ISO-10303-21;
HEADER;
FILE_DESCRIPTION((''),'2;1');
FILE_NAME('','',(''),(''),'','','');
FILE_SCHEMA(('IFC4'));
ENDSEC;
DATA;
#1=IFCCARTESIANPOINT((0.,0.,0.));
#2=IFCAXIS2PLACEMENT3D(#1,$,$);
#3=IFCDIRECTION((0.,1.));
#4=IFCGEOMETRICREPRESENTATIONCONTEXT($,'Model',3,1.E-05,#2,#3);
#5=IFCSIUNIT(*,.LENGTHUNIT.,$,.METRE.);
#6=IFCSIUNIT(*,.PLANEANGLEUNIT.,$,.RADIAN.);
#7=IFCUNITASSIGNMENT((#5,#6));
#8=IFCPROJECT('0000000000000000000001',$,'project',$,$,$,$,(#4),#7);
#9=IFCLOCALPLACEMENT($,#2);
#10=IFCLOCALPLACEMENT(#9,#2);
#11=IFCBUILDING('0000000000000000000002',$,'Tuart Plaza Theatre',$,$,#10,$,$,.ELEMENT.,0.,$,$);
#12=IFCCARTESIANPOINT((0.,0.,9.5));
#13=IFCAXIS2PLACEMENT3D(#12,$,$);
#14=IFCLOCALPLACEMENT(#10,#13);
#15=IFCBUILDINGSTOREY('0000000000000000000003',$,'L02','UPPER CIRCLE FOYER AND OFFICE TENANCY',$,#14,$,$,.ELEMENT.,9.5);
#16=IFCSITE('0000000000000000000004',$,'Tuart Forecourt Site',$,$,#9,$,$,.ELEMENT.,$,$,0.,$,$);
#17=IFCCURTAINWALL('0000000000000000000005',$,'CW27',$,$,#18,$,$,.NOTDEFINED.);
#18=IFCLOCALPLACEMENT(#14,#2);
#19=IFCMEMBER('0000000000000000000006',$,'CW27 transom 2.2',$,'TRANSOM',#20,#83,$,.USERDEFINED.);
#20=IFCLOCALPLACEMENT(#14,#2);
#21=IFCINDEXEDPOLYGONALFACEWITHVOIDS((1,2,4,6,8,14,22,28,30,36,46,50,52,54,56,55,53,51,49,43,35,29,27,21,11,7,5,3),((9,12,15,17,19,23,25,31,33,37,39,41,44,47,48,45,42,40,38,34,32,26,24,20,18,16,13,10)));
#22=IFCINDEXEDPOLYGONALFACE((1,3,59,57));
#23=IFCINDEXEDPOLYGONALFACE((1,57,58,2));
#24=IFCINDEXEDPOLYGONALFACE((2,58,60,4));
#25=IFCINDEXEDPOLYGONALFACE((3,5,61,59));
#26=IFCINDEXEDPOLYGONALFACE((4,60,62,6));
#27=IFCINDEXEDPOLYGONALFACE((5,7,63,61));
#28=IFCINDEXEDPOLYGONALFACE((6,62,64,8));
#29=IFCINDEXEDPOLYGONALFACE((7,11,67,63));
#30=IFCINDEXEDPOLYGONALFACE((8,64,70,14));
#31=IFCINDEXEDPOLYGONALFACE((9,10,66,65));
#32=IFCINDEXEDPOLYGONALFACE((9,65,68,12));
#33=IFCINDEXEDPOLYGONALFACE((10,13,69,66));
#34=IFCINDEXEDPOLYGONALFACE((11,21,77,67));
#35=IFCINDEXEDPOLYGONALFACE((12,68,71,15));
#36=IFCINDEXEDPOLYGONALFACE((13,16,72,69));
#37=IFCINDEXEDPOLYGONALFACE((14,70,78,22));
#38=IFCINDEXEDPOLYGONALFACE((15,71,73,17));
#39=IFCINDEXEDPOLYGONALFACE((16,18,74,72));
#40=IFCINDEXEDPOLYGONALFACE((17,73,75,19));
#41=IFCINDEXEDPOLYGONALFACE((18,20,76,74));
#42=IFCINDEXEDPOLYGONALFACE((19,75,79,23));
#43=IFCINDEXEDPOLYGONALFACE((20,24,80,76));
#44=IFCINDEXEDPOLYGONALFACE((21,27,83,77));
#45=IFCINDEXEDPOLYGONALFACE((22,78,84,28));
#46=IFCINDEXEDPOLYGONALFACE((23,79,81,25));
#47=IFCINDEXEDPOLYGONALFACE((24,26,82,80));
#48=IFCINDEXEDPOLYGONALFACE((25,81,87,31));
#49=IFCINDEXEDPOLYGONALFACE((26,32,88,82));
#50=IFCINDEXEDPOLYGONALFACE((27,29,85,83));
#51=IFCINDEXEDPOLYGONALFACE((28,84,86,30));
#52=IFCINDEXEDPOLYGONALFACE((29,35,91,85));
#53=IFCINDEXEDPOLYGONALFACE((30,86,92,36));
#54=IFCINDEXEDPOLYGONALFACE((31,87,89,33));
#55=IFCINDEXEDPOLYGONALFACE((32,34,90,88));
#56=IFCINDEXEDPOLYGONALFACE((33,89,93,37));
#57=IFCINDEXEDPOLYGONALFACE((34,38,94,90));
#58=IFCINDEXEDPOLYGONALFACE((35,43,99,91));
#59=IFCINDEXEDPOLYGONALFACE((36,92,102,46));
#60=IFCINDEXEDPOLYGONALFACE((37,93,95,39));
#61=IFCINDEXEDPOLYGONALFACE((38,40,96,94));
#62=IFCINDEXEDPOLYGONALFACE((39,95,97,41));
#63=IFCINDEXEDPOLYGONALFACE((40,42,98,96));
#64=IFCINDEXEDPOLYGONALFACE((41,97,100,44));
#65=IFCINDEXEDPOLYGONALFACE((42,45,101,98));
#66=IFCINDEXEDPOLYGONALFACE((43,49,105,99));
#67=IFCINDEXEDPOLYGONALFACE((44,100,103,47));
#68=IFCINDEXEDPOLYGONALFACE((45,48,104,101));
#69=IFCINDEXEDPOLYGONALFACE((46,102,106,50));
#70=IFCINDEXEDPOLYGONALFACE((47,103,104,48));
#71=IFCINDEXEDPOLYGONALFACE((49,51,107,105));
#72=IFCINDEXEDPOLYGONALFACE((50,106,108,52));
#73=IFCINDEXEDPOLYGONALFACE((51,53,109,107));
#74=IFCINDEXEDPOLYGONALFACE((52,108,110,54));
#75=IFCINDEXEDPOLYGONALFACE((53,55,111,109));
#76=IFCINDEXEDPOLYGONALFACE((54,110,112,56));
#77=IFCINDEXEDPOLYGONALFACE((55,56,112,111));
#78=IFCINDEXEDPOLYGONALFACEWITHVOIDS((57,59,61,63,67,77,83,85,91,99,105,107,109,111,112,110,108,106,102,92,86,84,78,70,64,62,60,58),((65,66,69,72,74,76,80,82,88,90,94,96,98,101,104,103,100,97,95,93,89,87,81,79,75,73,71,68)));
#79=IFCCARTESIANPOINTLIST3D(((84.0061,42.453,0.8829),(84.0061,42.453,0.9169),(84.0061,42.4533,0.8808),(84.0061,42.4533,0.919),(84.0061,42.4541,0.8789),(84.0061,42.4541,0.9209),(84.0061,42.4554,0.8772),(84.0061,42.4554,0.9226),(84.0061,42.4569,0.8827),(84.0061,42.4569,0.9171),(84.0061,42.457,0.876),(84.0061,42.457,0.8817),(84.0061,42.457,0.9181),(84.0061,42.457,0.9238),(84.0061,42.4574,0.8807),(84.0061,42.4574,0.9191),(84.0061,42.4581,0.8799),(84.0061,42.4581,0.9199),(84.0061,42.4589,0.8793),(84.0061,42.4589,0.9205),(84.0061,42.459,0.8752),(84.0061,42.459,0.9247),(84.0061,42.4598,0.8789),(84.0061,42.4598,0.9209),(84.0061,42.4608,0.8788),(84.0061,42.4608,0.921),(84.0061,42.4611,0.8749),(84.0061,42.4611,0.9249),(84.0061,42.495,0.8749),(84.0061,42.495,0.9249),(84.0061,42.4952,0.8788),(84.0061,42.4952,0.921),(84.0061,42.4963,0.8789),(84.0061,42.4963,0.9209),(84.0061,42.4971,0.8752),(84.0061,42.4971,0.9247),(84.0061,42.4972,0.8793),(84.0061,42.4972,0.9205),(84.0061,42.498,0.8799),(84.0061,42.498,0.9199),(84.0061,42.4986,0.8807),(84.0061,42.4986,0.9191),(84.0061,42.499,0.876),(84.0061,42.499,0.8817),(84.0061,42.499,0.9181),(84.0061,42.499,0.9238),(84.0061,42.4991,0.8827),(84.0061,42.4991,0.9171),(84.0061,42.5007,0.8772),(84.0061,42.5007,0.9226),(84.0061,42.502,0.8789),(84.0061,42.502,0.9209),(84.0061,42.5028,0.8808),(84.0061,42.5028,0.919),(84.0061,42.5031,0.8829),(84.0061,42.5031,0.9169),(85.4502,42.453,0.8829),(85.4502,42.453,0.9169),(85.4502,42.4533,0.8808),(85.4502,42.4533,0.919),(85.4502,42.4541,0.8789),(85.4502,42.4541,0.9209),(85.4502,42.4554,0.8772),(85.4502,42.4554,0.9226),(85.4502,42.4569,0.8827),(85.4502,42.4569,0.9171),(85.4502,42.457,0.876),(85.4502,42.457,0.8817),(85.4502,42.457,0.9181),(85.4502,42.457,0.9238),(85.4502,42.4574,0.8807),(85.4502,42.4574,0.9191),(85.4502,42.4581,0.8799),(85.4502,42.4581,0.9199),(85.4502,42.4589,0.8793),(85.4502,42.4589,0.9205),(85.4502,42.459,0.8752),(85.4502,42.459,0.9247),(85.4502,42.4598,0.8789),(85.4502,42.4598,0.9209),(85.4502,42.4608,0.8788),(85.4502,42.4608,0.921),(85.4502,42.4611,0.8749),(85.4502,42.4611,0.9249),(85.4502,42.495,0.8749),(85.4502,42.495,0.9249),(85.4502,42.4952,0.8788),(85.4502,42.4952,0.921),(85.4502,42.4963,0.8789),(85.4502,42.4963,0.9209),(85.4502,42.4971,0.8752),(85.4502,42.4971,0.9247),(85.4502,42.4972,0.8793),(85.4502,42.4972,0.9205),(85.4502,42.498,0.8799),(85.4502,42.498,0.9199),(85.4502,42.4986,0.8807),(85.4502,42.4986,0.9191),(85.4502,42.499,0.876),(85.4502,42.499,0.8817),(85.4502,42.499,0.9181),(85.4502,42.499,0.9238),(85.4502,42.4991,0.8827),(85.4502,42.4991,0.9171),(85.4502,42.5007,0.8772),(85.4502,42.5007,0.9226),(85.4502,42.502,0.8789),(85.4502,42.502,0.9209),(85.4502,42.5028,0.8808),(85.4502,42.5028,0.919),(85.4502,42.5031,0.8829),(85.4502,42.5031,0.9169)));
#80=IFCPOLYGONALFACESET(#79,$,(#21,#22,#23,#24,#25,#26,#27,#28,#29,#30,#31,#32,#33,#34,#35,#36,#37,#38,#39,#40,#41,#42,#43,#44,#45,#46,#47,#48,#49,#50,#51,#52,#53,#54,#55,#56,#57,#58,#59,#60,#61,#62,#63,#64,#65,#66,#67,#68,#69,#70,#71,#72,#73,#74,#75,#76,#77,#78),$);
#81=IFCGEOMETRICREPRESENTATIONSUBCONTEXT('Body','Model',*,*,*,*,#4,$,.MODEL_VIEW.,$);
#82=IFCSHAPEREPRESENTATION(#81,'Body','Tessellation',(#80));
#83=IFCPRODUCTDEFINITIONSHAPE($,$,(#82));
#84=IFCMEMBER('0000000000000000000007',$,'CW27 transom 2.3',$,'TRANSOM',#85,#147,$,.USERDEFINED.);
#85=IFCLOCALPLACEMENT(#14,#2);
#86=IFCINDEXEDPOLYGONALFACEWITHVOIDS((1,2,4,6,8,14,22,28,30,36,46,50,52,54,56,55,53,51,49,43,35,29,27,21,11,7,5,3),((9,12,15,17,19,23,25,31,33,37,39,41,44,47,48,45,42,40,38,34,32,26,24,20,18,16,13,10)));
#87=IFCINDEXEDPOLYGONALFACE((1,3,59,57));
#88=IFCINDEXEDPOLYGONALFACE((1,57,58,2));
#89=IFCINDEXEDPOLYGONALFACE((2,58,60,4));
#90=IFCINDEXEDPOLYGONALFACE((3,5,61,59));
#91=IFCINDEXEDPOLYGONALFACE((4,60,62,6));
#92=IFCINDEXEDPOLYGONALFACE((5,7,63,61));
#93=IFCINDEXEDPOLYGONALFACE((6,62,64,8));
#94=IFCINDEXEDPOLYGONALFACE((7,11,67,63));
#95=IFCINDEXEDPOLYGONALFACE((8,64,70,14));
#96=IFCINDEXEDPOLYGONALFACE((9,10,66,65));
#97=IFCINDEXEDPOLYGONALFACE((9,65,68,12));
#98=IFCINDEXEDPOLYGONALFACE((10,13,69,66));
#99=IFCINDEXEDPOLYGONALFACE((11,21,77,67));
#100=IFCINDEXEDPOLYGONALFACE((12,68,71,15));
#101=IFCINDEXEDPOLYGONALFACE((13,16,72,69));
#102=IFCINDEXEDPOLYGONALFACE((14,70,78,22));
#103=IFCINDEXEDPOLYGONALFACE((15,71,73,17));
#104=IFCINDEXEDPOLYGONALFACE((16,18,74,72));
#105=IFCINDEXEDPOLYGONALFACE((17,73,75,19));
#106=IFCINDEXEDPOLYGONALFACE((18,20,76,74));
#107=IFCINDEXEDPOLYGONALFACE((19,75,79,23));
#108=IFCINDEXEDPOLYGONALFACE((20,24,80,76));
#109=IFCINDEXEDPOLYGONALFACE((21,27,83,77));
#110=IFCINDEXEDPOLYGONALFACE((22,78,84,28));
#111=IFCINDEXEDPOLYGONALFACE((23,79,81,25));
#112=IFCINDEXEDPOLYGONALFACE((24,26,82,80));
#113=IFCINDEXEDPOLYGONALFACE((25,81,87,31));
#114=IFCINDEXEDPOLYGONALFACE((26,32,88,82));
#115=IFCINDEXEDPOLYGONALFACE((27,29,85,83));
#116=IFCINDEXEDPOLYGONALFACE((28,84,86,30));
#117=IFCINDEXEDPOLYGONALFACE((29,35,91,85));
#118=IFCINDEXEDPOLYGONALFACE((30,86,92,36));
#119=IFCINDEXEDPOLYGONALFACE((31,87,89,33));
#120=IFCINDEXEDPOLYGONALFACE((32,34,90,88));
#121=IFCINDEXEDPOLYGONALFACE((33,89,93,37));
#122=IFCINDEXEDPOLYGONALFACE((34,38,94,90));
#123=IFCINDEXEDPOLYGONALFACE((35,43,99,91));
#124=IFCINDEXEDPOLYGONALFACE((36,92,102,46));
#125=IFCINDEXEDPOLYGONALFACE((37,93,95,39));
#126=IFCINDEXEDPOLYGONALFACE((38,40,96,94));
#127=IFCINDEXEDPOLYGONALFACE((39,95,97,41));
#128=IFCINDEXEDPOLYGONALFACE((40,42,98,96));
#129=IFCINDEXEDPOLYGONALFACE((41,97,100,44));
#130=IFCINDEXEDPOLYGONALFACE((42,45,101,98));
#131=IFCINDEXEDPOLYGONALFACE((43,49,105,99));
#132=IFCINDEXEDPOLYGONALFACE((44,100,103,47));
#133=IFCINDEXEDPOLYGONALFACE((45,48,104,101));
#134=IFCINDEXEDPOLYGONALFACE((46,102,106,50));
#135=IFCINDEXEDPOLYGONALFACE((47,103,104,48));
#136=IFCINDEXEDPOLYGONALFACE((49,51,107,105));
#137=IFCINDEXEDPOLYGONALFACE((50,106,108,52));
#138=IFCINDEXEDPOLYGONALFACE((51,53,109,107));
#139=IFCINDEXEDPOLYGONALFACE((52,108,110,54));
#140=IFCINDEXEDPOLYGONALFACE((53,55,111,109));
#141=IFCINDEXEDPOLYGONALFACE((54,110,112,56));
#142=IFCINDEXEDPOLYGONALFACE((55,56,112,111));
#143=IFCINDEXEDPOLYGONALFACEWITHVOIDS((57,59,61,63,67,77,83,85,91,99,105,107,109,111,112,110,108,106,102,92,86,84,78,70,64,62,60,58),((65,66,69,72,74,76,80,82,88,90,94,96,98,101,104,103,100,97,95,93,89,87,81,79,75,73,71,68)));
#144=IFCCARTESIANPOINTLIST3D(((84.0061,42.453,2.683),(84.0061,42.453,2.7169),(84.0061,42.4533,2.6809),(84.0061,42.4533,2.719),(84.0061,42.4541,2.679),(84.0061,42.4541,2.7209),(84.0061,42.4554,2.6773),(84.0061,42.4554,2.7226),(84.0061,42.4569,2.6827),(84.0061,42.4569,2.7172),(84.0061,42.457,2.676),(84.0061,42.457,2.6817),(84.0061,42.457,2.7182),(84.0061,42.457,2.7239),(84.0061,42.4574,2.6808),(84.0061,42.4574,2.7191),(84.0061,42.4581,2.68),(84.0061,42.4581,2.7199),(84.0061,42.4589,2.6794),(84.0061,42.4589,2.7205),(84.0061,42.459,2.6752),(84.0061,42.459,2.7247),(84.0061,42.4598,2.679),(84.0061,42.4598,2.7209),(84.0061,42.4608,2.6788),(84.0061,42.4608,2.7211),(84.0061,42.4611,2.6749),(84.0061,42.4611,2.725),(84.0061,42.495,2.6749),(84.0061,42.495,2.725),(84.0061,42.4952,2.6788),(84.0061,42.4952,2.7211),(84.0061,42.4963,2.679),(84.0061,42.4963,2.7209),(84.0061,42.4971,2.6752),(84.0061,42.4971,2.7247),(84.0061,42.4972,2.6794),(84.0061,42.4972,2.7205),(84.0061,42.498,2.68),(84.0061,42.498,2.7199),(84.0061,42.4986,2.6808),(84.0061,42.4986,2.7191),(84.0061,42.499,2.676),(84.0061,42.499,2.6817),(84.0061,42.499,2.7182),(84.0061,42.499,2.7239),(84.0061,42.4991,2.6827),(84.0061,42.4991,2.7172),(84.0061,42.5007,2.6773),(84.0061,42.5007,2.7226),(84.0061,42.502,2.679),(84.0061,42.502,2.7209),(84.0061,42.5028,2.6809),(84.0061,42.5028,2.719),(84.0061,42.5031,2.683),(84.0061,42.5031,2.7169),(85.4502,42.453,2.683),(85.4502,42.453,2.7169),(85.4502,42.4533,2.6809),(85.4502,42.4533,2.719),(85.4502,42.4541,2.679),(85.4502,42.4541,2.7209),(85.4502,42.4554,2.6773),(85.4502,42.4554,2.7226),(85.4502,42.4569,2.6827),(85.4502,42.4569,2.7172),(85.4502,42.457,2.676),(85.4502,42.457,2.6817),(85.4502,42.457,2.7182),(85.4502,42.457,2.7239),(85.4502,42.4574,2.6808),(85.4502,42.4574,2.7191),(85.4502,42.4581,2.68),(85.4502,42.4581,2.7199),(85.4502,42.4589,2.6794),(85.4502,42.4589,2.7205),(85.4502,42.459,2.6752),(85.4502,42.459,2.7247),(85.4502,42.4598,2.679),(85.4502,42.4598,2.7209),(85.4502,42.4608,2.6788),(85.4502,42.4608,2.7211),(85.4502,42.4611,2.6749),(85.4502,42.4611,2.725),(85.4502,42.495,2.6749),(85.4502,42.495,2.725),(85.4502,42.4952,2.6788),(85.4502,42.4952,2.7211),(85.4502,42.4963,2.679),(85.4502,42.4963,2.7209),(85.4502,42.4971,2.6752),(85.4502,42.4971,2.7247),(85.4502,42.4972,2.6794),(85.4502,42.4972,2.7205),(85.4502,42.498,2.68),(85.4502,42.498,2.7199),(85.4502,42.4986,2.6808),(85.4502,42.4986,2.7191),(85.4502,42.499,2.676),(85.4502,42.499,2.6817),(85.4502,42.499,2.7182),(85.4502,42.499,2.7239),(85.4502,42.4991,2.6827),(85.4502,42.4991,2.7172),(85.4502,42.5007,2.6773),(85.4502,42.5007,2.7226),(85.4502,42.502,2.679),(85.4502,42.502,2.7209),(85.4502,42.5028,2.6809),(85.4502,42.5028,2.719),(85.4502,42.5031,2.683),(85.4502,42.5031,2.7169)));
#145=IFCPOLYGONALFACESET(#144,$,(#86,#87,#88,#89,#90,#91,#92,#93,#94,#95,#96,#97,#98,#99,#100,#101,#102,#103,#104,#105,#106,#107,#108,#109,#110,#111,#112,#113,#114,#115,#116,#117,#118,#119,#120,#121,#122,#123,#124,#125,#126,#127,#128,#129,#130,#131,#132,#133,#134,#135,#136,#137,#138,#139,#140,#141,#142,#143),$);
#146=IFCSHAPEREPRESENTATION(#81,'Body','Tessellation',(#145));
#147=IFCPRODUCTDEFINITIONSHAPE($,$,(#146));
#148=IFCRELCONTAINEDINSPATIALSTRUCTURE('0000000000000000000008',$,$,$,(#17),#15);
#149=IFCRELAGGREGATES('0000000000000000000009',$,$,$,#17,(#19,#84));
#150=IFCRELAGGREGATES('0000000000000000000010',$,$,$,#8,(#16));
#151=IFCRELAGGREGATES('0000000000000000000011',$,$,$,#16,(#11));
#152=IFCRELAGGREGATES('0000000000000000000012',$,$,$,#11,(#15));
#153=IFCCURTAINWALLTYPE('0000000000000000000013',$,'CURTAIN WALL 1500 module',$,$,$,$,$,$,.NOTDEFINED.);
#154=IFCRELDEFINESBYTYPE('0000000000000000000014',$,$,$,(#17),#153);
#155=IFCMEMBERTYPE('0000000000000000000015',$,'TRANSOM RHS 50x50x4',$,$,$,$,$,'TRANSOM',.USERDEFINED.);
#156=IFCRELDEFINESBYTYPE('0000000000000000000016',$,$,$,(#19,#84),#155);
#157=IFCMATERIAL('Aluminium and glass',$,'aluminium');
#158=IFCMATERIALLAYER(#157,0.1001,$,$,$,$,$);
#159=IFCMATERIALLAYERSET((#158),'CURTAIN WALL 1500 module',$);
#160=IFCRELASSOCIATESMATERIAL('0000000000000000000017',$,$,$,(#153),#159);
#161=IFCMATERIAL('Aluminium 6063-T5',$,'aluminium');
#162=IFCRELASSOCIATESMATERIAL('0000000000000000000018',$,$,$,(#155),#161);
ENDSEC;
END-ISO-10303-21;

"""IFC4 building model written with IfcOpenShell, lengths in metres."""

from ifc_helpers import new_model, si_unit, direction, frame, origin, origin_2d, place, context, subcontext, project, spatial, hollow_rectangle, extrude, material, layer, layer_set, material_profile, profile_set, type_object, element, aggregate, save


model = new_model("IFC4")

# Units and contexts
model_context = context("Model", 3, precision=1e-05, world=origin(), true_north=direction((0.0, 1.0)))
body_context = subcontext(model_context, "Body", "Model", "MODEL_VIEW")
ifc_project = project(units=[si_unit("LENGTHUNIT", "METRE"), si_unit("PLANEANGLEUNIT", "RADIAN")], contexts=[model_context])

# Site, building, storey
site_placement = place(None, origin())
site = spatial("IfcSite", under=ifc_project, at=site_placement, Name="Tuart Forecourt Site", CompositionType="ELEMENT", RefElevation=0.0)
building_placement = place(site_placement, origin())
building = spatial("IfcBuilding", under=site, at=building_placement, Name="Tuart Plaza Theatre", CompositionType="ELEMENT", ElevationOfRefHeight=0.0)
storey_placement = place(building_placement, frame((0.0, 0.0, 9.5)))
storey = spatial("IfcBuildingStorey", under=building, at=storey_placement, Name="L02", Description="UPPER CIRCLE FOYER AND OFFICE TENANCY", CompositionType="ELEMENT", Elevation=9.5)

# Curtain wall, members
ifc_material_1 = material(Name="Aluminium and glass", Category="aluminium")
ifc_layer_1 = layer(ifc_material_1, 0.1001)
ifc_layer_set_1 = layer_set([ifc_layer_1], Name="CURTAIN WALL 1500 module")
curtain_wall_type = type_object("IfcCurtainWallType", Name="CURTAIN WALL 1500 module", PredefinedType="NOTDEFINED", material=ifc_layer_set_1)
curtain_wall_placement = place(storey_placement, origin())
curtain_wall = element("IfcCurtainWall", 1, at=curtain_wall_placement, inside=storey, type_object=curtain_wall_type, Name="CW27", PredefinedType="NOTDEFINED")
ifc_material_2 = material(Name="Aluminium 6063-T5", Category="aluminium")
ifc_material_profile_1 = material_profile(ifc_material_2, hollow_rectangle(XDim=0.05, YDim=0.05, WallThickness=0.0039, InnerFilletRadius=0.0039, OuterFilletRadius=0.0081, at=origin_2d()), Name="RHS 50x50x4")
ifc_profile_set_1 = profile_set([ifc_material_profile_1], Name="Aluminium 6063-T5")
member_type_1 = type_object("IfcMemberType", Name="TRANSOM RHS 50x50x4", ElementType="TRANSOM", PredefinedType="USERDEFINED", material=ifc_profile_set_1)
member_1_placement = place(storey_placement, frame((84.0061, 42.478, 0.8999), z_axis=(1.0, 0.0, 0.0), x_axis=(0.0, 1.0, 0.0)))
member_1 = element("IfcMember", 2, at=member_1_placement, type_object=member_type_1, Name="CW27 transom 2.2", ObjectType="TRANSOM", PredefinedType="USERDEFINED", context=body_context, shape_type="SweptSolid", body=[
    extrude(hollow_rectangle(XDim=0.05, YDim=0.05, WallThickness=0.0039, InnerFilletRadius=0.0039, OuterFilletRadius=0.0081, at=origin_2d()), origin(), (0.0, 0.0, 1.0), 1.4441),
])
member_2_placement = place(storey_placement, frame((84.0061, 42.478, 2.7), z_axis=(1.0, 0.0, 0.0), x_axis=(0.0, 1.0, 0.0)))
member_2 = element("IfcMember", 3, at=member_2_placement, type_object=member_type_1, Name="CW27 transom 2.3", ObjectType="TRANSOM", PredefinedType="USERDEFINED", context=body_context, shape_type="SweptSolid", body=[
    extrude(hollow_rectangle(XDim=0.05, YDim=0.05, WallThickness=0.0039, InnerFilletRadius=0.0039, OuterFilletRadius=0.0081, at=origin_2d()), origin(), (0.0, 0.0, 1.0), 1.4441),
])
aggregate(curtain_wall, [member_1, member_2])

save(model, "model.ifc")
